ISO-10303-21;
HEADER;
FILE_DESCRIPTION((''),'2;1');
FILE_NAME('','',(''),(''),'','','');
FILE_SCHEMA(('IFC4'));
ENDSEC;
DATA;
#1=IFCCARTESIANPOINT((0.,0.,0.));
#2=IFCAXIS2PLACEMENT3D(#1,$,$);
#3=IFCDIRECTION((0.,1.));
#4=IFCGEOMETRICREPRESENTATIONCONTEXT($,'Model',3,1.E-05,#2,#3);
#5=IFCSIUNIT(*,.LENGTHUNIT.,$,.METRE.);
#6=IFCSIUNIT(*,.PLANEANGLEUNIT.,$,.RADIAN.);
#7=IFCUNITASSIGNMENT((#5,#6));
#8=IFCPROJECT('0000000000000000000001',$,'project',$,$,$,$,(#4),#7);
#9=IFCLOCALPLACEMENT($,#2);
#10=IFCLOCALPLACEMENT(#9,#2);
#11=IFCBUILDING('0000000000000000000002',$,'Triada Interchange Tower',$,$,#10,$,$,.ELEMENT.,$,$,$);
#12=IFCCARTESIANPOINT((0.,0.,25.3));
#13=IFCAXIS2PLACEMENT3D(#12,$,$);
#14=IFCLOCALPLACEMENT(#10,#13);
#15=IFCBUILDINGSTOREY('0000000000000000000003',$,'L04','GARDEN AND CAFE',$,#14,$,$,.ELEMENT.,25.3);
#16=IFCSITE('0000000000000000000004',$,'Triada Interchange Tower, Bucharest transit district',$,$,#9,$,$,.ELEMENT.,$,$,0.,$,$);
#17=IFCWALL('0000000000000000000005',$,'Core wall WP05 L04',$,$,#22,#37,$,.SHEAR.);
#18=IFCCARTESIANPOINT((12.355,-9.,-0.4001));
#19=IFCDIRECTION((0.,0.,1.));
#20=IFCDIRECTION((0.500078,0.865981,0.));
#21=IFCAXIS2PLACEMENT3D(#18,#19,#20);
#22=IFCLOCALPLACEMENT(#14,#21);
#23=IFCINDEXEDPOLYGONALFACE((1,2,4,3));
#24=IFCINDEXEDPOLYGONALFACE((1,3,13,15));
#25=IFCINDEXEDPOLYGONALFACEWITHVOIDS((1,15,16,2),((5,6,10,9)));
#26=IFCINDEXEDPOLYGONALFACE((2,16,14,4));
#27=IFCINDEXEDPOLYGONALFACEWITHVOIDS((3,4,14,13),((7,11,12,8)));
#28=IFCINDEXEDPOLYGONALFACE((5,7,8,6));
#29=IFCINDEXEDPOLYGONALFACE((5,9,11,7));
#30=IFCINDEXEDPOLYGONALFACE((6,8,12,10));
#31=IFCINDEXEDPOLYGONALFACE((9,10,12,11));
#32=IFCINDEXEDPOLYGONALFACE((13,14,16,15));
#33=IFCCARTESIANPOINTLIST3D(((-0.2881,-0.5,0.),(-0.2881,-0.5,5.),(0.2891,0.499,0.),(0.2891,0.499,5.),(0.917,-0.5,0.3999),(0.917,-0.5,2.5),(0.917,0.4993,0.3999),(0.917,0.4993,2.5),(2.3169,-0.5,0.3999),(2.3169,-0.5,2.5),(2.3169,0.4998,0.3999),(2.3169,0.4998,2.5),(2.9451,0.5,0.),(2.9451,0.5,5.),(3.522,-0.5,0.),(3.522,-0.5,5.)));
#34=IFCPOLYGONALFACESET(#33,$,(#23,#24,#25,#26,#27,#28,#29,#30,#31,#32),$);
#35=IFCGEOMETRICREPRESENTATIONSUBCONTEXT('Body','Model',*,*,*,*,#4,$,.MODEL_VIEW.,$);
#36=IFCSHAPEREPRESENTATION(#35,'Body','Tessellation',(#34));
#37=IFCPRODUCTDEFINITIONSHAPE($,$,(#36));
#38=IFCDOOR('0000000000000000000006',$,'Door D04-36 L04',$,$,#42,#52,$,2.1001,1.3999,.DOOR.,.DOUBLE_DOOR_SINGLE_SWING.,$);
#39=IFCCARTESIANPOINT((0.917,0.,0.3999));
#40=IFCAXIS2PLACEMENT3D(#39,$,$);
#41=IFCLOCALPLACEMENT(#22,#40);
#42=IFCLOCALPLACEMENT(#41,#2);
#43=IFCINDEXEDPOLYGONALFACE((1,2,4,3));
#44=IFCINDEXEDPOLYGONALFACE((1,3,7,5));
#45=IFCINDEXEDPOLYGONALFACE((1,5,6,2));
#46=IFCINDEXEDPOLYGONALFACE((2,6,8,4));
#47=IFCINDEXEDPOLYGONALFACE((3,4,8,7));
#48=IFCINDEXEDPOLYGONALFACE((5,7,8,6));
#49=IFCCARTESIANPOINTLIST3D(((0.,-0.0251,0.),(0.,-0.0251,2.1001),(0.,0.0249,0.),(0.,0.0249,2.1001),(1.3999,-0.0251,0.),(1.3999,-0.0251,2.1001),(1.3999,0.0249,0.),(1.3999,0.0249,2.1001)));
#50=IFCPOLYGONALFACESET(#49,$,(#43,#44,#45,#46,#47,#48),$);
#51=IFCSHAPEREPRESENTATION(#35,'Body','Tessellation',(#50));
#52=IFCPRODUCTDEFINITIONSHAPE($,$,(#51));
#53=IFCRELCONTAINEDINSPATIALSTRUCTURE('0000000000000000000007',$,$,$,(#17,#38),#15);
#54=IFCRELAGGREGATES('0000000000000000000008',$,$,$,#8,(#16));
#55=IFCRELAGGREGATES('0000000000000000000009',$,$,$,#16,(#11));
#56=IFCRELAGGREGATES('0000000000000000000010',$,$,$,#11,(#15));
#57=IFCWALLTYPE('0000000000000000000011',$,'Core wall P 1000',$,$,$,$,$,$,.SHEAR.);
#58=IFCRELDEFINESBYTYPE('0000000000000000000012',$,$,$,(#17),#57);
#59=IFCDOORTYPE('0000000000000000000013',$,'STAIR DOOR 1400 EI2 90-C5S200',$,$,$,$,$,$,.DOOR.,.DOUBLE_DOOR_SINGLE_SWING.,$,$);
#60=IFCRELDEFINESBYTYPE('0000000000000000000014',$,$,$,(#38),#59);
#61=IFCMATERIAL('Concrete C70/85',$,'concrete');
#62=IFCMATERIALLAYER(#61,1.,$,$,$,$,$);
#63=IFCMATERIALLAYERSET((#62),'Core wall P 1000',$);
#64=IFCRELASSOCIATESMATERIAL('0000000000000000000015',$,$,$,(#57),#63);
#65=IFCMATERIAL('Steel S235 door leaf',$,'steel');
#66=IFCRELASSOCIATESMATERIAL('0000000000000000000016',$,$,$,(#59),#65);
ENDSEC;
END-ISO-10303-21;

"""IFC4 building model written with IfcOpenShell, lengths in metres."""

from ifc_helpers import new_model, si_unit, direction, frame, frame_2d, origin, place, context, subcontext, project, spatial, polyline, rectangle, outline, extrude, material, layer, layer_set, type_object, element, fill, save


model = new_model("IFC4")

# Units and contexts
model_context = context("Model", 3, precision=1e-05, world=origin(), true_north=direction((0.0, 1.0)))
body_context = subcontext(model_context, "Body", "Model", "MODEL_VIEW")
ifc_project = project(units=[si_unit("LENGTHUNIT", "METRE"), si_unit("PLANEANGLEUNIT", "RADIAN")], contexts=[model_context])

# Site, building, storey
site_placement = place(None, origin())
site = spatial("IfcSite", under=ifc_project, at=site_placement, Name="Triada Interchange Tower, Bucharest transit district", CompositionType="ELEMENT", RefElevation=0.0)
building_placement = place(site_placement, origin())
building = spatial("IfcBuilding", under=site, at=building_placement, Name="Triada Interchange Tower", CompositionType="ELEMENT")
storey_placement = place(building_placement, frame((0.0, 0.0, 25.3)))
storey = spatial("IfcBuildingStorey", under=building, at=storey_placement, Name="L04", Description="GARDEN AND CAFE", CompositionType="ELEMENT", Elevation=25.3)

# Shared definitions
ifc_material_1 = material(Name="Concrete C70/85", Category="concrete")

# Shared definitions
ifc_material_2 = material(Name="Steel S235 door leaf", Category="steel")

# Wall, opening, door
ifc_layer_1 = layer(ifc_material_1, 1.0)
ifc_layer_set_1 = layer_set([ifc_layer_1], Name="Core wall P 1000")
wall_type_1 = type_object("IfcWallType", Name="Core wall P 1000", PredefinedType="SHEAR", material=ifc_layer_set_1)
wall_1_placement = place(storey_placement, frame((12.355, -9.0, -0.4001), z_axis=(0.0, 0.0, 1.0), x_axis=(0.500078, 0.865981, 0.0)))
wall_1 = element("IfcWall", 1, at=wall_1_placement, inside=storey, type_object=wall_type_1, Name="Core wall WP05 L04", PredefinedType="SHEAR", context=body_context, shape_type="SweptSolid", body=[
    extrude(outline(polyline([(-0.2881, -0.5), (1.6169, -0.5), (3.522, -0.5), (2.9451, 0.5), (1.6172, 0.4995), (0.2891, 0.499), (-0.2881, -0.5)])), origin(), (0.0, 0.0, 1.0), 5.0),
])
opening_1_placement = place(wall_1_placement, frame((0.917, 0.0, 0.3999)))
opening_1 = element("IfcOpeningElement", 2, at=opening_1_placement, cuts=wall_1, PredefinedType="OPENING", context=body_context, shape_type="SweptSolid", body=[
    extrude(rectangle(XDim=1.3999, YDim=2.1001, at=frame_2d((0.7, 1.05))), frame((0.0, 0.51, 0.0), z_axis=(0.0, -1.0, 0.0), x_axis=(1.0, 0.0, 0.0)), (0.0, 0.0, 1.0), 1.02),
])
door_type_1 = type_object("IfcDoorType", Name="STAIR DOOR 1400 EI2 90-C5S200", OperationType="DOUBLE_DOOR_SINGLE_SWING", PredefinedType="DOOR", material=ifc_material_2)
door_1_placement = place(opening_1_placement, origin())
door_1 = element("IfcDoor", 3, at=door_1_placement, inside=storey, type_object=door_type_1, Name="Door D04-36 L04", OperationType="DOUBLE_DOOR_SINGLE_SWING", OverallHeight=2.1001, OverallWidth=1.3999, PredefinedType="DOOR", context=body_context, shape_type="SweptSolid", body=[
    extrude(rectangle(XDim=1.3999, YDim=2.1001, at=frame_2d((0.7, 1.05))), frame((0.0, 0.0249, 0.0), z_axis=(0.0, -1.0, 0.0), x_axis=(1.0, 0.0, 0.0)), (0.0, 0.0, 1.0), 0.05),
])
fill(opening_1, door_1)

save(model, "model.ifc")
